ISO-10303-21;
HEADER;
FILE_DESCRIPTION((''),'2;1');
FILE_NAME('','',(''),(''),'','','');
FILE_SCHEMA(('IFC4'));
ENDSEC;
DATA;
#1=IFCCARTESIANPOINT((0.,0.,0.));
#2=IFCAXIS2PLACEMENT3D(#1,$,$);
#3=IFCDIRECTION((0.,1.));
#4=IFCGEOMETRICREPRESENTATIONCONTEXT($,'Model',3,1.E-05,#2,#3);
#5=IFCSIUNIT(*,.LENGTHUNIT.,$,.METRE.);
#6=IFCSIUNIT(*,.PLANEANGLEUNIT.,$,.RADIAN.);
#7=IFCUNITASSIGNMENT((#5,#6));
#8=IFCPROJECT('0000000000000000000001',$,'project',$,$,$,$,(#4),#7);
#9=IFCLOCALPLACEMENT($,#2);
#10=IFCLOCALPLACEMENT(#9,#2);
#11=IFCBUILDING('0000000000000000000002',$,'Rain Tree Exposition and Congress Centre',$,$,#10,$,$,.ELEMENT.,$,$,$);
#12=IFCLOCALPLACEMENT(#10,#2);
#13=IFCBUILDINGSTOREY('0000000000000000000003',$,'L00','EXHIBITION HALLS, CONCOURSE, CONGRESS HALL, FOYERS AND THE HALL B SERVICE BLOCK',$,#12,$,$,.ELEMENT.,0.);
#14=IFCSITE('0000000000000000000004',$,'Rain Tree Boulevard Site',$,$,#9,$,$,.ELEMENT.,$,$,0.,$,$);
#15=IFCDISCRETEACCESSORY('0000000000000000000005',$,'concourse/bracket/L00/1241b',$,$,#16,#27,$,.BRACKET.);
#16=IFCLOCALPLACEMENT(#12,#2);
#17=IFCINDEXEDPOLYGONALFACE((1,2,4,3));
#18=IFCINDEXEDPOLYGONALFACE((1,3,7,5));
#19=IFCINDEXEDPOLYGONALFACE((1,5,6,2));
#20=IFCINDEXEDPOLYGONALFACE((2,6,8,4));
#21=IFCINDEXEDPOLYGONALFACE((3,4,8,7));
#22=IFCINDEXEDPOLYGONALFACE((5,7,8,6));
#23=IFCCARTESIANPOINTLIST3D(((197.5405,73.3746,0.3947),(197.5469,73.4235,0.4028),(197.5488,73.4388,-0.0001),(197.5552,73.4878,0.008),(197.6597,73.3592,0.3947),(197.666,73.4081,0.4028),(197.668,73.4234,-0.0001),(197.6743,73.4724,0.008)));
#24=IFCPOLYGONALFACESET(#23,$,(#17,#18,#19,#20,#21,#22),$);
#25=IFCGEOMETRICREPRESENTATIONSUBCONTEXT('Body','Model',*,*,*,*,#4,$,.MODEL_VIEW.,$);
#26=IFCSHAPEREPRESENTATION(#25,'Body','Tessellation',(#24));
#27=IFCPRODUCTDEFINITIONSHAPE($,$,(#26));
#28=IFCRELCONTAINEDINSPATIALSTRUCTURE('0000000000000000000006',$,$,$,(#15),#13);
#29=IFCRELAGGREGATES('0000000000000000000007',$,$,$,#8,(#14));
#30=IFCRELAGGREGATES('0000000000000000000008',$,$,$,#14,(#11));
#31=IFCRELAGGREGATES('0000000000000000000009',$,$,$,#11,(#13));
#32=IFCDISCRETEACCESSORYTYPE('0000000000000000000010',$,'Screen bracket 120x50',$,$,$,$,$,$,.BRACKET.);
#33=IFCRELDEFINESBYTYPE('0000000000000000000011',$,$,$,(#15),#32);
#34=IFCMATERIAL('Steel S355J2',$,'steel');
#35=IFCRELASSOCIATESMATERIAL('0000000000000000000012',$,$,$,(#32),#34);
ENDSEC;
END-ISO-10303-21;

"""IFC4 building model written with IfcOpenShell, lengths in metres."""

from ifc_helpers import new_model, si_unit, direction, frame, origin, origin_2d, place, context, subcontext, project, spatial, rectangle, extrude, material, material_profile, profile_set, type_object, element, save


model = new_model("IFC4")

# Units and contexts
model_context = context("Model", 3, precision=1e-05, world=origin(), true_north=direction((0.0, 1.0)))
body_context = subcontext(model_context, "Body", "Model", "MODEL_VIEW")
ifc_project = project(units=[si_unit("LENGTHUNIT", "METRE"), si_unit("PLANEANGLEUNIT", "RADIAN")], contexts=[model_context])

# Site, building, storey
site_placement = place(None, origin())
site = spatial("IfcSite", under=ifc_project, at=site_placement, Name="Rain Tree Boulevard Site", CompositionType="ELEMENT", RefElevation=0.0)
building_placement = place(site_placement, origin())
building = spatial("IfcBuilding", under=site, at=building_placement, Name="Rain Tree Exposition and Congress Centre", CompositionType="ELEMENT")
storey_placement = place(building_placement, origin())
storey = spatial("IfcBuildingStorey", under=building, at=storey_placement, Name="L00", Description="EXHIBITION HALLS, CONCOURSE, CONGRESS HALL, FOYERS AND THE HALL B SERVICE BLOCK", CompositionType="ELEMENT", Elevation=0.0)

# Discrete accessory
ifc_material_1 = material(Name="Steel S355J2", Category="steel")
ifc_material_profile_1 = material_profile(ifc_material_1, rectangle(XDim=0.1201, YDim=0.05, at=origin_2d()), Name="Flat bar 120x50")
ifc_profile_set_1 = profile_set([ifc_material_profile_1], Name="Steel S355J2")
discrete_accessory_type = type_object("IfcDiscreteAccessoryType", Name="Screen bracket 120x50", PredefinedType="BRACKET", material=ifc_profile_set_1)
for number, where, z_axis, x_axis, name in (
    (1, (197.6116, 73.4556, 0.0039), (-0.020749, -0.160503, 0.986817), (0.991747, -0.128211, 0.0), "concourse/bracket/L00/1241b"),
):
    element("IfcDiscreteAccessory", number, at=place(storey_placement, frame(where, z_axis=z_axis, x_axis=x_axis)), inside=storey, type_object=discrete_accessory_type, Name=name, PredefinedType="BRACKET", context=body_context, shape_type="SweptSolid", body=[
        extrude(rectangle(XDim=0.1201, YDim=0.05, at=origin_2d()), origin(), (0.0, 0.0, 1.0), 0.4001),
    ])

save(model, "model.ifc")
